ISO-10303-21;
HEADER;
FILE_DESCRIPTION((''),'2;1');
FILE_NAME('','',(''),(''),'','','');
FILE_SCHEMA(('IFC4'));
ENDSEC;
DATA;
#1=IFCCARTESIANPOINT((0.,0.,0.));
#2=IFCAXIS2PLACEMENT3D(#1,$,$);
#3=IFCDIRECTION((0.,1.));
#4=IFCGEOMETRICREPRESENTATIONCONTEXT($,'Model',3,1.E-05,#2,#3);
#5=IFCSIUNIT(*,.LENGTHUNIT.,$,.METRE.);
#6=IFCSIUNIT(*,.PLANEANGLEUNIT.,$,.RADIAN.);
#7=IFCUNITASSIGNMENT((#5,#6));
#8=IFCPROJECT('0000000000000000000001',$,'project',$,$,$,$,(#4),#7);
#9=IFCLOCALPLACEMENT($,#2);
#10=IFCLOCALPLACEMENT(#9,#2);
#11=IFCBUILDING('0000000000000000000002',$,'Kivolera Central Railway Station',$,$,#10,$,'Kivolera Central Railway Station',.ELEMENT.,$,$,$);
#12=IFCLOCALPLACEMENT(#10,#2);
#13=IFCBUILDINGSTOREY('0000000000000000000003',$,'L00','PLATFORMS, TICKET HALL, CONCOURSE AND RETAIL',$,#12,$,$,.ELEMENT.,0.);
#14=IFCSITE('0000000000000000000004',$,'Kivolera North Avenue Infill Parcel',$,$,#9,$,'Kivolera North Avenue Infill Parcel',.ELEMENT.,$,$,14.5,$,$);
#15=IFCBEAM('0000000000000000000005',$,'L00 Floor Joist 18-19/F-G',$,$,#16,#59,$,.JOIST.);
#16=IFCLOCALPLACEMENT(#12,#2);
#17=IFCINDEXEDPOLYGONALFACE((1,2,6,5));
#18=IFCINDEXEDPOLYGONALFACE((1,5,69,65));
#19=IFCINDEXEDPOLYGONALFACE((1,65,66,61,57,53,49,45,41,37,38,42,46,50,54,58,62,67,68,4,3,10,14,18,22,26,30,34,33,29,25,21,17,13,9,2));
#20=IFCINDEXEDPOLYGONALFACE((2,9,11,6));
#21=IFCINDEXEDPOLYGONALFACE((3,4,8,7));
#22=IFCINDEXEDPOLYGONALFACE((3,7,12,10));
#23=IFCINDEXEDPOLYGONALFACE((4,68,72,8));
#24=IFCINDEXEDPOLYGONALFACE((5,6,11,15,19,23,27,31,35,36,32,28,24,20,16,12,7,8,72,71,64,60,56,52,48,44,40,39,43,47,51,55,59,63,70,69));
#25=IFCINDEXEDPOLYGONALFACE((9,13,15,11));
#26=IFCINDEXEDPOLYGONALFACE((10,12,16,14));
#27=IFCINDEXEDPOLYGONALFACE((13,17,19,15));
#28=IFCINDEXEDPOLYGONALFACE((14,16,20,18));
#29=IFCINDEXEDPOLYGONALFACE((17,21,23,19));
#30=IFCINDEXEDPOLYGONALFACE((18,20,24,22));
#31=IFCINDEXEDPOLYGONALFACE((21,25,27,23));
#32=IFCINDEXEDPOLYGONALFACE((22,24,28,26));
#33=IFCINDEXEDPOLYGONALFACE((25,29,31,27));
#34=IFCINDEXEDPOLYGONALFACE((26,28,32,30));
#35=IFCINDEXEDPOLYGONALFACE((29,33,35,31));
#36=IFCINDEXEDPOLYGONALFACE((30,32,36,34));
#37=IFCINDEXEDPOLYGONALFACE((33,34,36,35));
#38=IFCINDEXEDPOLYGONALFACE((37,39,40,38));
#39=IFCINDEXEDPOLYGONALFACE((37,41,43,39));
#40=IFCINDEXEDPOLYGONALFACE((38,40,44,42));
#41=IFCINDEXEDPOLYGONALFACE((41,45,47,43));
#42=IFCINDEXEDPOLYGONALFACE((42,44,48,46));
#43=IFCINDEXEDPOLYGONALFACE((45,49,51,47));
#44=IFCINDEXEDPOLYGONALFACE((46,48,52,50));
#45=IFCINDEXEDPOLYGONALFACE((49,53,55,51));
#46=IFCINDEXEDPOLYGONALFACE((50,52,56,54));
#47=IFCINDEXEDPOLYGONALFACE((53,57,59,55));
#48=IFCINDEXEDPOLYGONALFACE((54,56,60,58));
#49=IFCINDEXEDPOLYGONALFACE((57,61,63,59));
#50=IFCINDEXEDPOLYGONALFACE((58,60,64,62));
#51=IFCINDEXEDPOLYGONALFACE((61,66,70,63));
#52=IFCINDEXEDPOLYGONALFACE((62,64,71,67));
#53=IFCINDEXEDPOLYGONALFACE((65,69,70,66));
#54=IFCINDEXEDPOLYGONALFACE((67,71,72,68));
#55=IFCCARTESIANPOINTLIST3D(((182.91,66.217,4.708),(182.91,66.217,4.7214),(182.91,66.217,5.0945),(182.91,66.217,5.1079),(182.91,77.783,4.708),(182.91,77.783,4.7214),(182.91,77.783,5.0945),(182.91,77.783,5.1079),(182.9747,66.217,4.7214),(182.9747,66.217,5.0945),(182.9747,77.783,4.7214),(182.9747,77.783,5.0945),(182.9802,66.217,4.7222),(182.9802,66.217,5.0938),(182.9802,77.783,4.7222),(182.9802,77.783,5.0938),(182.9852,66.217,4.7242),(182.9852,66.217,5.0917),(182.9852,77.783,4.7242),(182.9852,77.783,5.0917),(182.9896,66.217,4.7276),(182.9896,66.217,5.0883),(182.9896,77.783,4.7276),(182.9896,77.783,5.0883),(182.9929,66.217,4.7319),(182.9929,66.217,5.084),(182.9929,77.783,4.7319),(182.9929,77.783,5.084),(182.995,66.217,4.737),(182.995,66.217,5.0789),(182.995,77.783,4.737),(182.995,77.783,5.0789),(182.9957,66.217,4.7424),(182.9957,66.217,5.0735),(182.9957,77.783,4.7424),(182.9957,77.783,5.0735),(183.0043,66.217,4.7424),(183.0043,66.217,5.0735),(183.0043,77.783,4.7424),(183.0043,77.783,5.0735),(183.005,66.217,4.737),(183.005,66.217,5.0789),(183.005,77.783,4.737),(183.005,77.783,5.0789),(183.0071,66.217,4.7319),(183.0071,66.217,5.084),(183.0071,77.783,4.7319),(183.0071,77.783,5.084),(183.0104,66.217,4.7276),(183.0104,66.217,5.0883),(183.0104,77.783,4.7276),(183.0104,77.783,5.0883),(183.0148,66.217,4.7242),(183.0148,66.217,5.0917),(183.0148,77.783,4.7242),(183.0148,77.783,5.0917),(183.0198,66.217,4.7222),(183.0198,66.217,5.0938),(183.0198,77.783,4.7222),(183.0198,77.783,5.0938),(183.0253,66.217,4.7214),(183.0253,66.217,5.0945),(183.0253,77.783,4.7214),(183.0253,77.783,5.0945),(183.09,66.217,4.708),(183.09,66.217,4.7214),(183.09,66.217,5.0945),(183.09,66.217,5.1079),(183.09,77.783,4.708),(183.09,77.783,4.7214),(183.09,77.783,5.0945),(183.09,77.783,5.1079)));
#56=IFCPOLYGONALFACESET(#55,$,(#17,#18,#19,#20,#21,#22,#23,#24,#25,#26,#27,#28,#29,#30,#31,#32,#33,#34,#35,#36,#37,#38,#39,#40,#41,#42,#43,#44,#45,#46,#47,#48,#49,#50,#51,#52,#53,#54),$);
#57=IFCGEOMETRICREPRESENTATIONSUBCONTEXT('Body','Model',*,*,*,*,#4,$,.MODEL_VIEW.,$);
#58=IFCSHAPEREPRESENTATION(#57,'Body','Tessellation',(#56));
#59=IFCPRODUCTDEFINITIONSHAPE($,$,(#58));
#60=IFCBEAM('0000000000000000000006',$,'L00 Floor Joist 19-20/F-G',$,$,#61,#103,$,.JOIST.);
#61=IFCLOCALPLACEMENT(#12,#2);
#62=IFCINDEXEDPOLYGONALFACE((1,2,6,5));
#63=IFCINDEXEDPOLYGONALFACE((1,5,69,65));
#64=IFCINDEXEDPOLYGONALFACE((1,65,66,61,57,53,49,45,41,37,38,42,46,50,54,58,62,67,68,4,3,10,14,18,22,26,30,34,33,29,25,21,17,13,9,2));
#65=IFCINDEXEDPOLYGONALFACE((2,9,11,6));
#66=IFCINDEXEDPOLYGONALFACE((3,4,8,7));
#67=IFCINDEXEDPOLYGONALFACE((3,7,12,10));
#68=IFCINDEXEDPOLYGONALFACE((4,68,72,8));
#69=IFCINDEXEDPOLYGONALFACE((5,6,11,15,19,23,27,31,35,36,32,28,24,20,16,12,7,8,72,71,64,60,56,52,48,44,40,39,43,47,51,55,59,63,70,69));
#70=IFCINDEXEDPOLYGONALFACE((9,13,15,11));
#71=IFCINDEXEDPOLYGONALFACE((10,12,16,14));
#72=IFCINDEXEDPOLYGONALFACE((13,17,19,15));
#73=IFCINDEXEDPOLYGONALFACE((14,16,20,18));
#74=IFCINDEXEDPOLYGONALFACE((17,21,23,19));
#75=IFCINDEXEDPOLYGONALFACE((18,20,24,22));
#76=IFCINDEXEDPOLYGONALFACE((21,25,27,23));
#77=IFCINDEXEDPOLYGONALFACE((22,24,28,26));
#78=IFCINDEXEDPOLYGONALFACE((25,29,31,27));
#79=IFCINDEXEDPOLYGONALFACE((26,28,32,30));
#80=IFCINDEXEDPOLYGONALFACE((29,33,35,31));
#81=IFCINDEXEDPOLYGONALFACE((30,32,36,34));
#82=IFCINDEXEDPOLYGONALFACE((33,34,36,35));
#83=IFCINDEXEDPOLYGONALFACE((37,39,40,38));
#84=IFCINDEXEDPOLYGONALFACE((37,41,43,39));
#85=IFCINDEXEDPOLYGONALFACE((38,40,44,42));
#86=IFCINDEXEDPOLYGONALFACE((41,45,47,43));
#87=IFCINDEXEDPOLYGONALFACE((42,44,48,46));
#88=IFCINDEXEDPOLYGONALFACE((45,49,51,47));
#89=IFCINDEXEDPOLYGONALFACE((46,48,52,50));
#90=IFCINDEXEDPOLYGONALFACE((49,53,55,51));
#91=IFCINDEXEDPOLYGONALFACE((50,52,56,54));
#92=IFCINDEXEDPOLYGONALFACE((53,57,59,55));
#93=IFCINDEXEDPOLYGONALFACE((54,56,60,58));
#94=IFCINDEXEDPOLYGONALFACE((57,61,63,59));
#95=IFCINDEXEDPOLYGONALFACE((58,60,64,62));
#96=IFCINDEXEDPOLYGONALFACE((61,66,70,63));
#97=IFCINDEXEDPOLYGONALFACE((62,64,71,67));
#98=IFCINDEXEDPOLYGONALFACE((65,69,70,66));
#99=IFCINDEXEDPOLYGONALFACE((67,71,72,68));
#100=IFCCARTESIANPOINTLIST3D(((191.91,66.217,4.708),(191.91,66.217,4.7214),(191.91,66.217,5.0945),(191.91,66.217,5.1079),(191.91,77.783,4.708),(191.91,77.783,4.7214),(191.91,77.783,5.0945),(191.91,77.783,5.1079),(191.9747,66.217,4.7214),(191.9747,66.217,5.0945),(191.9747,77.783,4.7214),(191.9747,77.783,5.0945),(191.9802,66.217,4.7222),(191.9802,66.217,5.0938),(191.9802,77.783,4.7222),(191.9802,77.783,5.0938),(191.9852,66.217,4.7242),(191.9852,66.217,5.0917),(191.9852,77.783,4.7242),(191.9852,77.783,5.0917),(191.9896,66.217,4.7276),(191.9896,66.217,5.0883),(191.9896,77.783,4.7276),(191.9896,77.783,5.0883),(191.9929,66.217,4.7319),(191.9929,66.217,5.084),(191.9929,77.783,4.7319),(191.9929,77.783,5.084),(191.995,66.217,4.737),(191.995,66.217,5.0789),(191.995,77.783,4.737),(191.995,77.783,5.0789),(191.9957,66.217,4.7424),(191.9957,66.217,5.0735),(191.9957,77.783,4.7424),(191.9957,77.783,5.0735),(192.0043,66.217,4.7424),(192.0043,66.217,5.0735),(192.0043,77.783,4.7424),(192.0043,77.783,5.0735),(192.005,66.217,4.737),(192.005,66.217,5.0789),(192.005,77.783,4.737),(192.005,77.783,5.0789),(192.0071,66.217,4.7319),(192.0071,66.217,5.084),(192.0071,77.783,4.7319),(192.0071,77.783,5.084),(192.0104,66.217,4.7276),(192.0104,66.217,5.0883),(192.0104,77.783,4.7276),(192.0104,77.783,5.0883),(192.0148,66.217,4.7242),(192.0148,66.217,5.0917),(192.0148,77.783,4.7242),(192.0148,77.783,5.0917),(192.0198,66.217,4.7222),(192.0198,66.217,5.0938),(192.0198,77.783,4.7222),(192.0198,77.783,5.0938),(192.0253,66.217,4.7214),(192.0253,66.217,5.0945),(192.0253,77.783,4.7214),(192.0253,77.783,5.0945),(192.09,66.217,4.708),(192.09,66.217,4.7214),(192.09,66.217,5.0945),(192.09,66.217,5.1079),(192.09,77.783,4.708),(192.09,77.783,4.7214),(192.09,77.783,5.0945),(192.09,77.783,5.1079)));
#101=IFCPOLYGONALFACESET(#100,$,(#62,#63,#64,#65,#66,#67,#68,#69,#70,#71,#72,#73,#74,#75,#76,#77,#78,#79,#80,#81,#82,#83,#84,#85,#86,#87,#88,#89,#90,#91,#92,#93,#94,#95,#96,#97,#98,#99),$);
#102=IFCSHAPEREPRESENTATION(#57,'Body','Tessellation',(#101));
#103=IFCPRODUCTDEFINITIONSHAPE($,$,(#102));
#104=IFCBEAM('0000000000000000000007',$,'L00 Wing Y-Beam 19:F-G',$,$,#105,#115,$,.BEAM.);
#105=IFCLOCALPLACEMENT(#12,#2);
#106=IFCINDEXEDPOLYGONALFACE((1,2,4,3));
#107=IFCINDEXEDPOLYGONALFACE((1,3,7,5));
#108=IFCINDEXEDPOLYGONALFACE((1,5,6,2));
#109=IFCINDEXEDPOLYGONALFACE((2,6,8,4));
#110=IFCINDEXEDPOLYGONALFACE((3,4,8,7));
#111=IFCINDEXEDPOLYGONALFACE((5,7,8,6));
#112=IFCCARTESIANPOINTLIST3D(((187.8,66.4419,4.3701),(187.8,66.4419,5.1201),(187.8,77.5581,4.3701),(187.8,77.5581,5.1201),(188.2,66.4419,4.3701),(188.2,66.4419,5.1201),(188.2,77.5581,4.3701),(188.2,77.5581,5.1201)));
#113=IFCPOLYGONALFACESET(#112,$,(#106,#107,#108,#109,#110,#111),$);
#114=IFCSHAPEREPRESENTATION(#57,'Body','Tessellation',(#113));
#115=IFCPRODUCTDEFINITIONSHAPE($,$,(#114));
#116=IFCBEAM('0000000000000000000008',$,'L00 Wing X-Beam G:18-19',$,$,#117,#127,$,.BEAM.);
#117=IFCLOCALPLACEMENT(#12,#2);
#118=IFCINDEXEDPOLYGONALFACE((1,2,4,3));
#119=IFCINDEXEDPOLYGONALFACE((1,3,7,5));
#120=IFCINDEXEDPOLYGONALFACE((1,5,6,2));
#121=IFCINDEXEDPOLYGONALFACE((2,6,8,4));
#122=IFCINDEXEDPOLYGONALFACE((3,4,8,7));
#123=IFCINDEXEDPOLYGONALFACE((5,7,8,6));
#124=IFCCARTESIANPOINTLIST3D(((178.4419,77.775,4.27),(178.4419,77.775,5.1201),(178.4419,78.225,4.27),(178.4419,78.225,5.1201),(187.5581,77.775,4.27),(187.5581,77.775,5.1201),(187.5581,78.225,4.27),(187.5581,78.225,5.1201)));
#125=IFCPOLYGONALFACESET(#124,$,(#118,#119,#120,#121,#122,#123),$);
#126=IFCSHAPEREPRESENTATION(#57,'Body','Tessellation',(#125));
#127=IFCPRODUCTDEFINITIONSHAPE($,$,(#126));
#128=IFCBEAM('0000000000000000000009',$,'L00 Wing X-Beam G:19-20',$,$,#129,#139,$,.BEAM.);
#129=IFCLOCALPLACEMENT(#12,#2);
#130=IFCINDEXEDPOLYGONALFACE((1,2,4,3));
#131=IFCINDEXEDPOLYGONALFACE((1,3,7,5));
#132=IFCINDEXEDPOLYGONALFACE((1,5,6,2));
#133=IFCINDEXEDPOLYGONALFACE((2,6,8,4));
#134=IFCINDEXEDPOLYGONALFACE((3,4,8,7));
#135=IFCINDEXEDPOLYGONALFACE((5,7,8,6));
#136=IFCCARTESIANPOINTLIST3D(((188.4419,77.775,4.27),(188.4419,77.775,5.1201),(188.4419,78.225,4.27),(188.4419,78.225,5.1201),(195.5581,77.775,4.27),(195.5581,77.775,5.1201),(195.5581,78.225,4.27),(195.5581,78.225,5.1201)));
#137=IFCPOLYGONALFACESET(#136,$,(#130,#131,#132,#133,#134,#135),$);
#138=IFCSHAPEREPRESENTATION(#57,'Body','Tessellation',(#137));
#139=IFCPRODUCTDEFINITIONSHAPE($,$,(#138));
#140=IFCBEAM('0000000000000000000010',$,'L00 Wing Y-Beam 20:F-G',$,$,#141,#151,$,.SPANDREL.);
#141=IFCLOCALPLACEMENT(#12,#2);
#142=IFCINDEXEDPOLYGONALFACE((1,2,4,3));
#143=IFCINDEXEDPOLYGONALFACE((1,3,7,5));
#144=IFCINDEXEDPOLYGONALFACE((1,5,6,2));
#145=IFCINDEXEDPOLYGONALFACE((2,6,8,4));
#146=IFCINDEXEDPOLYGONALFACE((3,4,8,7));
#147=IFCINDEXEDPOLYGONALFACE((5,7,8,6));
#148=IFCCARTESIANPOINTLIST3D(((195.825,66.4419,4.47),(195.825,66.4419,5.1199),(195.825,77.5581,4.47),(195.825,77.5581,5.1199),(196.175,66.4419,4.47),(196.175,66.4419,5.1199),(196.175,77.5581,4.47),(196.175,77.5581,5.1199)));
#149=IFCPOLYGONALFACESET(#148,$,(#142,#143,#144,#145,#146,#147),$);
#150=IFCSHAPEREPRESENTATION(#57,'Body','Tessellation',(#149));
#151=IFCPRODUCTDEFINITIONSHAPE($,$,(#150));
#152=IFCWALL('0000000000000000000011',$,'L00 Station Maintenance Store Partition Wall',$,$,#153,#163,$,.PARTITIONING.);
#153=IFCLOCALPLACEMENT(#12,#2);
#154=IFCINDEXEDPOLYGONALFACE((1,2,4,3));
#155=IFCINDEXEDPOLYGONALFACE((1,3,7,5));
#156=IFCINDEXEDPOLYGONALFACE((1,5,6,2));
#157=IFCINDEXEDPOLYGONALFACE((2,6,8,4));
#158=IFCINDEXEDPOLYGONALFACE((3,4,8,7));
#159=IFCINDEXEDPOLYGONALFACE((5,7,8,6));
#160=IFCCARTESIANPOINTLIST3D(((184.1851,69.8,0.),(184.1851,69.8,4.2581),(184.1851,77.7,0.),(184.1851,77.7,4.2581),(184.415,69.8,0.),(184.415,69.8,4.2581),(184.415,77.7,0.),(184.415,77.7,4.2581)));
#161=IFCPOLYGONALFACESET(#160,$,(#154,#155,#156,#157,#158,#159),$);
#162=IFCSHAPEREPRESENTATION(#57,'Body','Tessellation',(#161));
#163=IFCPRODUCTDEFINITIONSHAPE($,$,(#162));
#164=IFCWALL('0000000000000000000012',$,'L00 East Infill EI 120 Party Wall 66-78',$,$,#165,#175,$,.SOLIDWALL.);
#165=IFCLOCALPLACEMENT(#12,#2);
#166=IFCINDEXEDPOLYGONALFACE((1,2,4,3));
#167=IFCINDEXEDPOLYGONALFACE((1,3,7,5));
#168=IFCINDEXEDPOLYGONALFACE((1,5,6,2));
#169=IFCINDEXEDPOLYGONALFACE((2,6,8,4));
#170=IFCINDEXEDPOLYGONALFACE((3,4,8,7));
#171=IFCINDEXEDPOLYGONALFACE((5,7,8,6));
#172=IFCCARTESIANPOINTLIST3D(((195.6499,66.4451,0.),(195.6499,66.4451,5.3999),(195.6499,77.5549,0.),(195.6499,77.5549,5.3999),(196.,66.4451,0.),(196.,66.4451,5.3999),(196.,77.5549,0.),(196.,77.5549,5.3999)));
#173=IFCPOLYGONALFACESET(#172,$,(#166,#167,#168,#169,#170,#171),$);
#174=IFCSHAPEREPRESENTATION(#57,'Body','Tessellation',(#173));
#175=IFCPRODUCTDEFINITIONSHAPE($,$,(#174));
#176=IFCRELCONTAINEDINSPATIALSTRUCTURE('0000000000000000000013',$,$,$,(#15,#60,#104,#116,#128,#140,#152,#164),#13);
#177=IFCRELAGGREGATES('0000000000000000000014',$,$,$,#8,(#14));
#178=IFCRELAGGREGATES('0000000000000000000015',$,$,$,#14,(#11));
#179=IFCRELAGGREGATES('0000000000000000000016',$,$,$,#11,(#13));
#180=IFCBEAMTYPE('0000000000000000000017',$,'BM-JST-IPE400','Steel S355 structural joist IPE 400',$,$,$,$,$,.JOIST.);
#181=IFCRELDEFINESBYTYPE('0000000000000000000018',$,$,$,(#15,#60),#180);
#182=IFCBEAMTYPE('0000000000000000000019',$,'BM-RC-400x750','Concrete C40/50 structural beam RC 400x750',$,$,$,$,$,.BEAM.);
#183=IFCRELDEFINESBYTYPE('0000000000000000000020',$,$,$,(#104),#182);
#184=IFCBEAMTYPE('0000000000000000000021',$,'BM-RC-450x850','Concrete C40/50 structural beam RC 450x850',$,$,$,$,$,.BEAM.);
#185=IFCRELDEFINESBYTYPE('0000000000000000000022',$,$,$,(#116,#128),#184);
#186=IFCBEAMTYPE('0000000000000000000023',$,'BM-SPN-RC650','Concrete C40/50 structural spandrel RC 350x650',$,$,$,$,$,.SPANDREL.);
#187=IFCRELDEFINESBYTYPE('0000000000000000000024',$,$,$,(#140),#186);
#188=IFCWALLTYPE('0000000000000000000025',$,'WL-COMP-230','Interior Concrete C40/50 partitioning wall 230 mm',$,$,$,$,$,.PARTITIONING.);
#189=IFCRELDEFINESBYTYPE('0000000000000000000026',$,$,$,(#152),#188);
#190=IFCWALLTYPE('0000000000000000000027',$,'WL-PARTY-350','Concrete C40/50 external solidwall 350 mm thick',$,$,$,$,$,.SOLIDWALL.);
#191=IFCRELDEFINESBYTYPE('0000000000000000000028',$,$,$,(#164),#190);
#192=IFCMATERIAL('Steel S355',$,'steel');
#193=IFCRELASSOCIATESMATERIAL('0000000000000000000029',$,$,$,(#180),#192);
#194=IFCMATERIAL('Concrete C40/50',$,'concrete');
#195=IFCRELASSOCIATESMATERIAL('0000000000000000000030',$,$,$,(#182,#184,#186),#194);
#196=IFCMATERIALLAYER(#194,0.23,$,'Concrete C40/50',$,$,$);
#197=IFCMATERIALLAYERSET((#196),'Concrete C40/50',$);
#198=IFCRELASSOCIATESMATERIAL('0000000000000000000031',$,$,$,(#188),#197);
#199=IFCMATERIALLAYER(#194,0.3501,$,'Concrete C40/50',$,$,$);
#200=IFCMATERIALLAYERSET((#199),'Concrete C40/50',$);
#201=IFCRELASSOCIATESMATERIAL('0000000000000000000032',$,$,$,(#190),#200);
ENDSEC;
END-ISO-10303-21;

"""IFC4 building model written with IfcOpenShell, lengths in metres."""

from ifc_helpers import new_model, si_unit, direction, frame, frame_2d, origin, origin_2d, place, context, subcontext, project, spatial, rectangle, i_section, extrude, material, layer, layer_set, material_profile, profile_set, type_object, element, save


model = new_model("IFC4")

# Units and contexts
model_context = context("Model", 3, precision=1e-05, world=origin(), true_north=direction((0.0, 1.0)))
body_context = subcontext(model_context, "Body", "Model", "MODEL_VIEW")
ifc_project = project(units=[si_unit("LENGTHUNIT", "METRE"), si_unit("PLANEANGLEUNIT", "RADIAN")], contexts=[model_context])

# Site, building, storey
site_placement = place(None, origin())
site = spatial("IfcSite", under=ifc_project, at=site_placement, Name="Kivolera North Avenue Infill Parcel", LongName="Kivolera North Avenue Infill Parcel", CompositionType="ELEMENT", RefElevation=14.5)
building_placement = place(site_placement, origin())
building = spatial("IfcBuilding", under=site, at=building_placement, Name="Kivolera Central Railway Station", LongName="Kivolera Central Railway Station", CompositionType="ELEMENT")
storey_placement = place(building_placement, origin())
storey = spatial("IfcBuildingStorey", under=building, at=storey_placement, Name="L00", Description="PLATFORMS, TICKET HALL, CONCOURSE AND RETAIL", CompositionType="ELEMENT", Elevation=0.0)

# Shared definitions
ifc_material_1 = material(Name="Concrete C40/50", Category="concrete")

# Beams
ifc_material_2 = material(Name="Steel S355", Category="steel")
ifc_material_profile_1 = material_profile(ifc_material_2, i_section(OverallWidth=0.1799, OverallDepth=0.3999, WebThickness=0.0085, FlangeThickness=0.0134, FilletRadius=0.021, at=origin_2d()), Name="IPE 400")
ifc_profile_set_1 = profile_set([ifc_material_profile_1], Name="Steel S355")
beam_type_1 = type_object("IfcBeamType", Name="BM-JST-IPE400", Description="Steel S355 structural joist IPE 400", PredefinedType="JOIST", material=ifc_profile_set_1)
for number, where, z_axis, x_axis, name in (
    (1, (183.0, 66.217, 4.908), (0.0, 1.0, 0.0), (-1.0, 0.0, 0.0), "L00 Floor Joist 18-19/F-G"),
    (2, (192.0, 66.217, 4.908), (0.0, 1.0, 0.0), (-1.0, 0.0, 0.0), "L00 Floor Joist 19-20/F-G"),
):
    element("IfcBeam", number, at=place(storey_placement, frame(where, z_axis=z_axis, x_axis=x_axis)), inside=storey, type_object=beam_type_1, Name=name, PredefinedType="JOIST", context=body_context, shape_type="SweptSolid", body=[
        extrude(i_section(OverallWidth=0.1799, OverallDepth=0.3999, WebThickness=0.0085, FlangeThickness=0.0134, FilletRadius=0.021, at=origin_2d()), origin(), (0.0, 0.0, 1.0), 11.5659),
    ])
ifc_material_profile_2 = material_profile(ifc_material_1, rectangle(XDim=0.3999, YDim=0.75, at=origin_2d()), Name="RC 400x750")
ifc_profile_set_2 = profile_set([ifc_material_profile_2], Name="Concrete C40/50")
beam_type_2 = type_object("IfcBeamType", Name="BM-RC-400x750", Description="Concrete C40/50 structural beam RC 400x750", PredefinedType="BEAM", material=ifc_profile_set_2)
beam_1_placement = place(storey_placement, frame((188.0, 66.4419, 4.7451), z_axis=(0.0, 1.0, 0.0), x_axis=(-1.0, 0.0, 0.0)))
element("IfcBeam", 3, at=beam_1_placement, inside=storey, type_object=beam_type_2, Name="L00 Wing Y-Beam 19:F-G", PredefinedType="BEAM", context=body_context, shape_type="SweptSolid", body=[
    extrude(rectangle(XDim=0.3999, YDim=0.75, at=origin_2d()), origin(), (0.0, 0.0, 1.0), 11.1162),
])
ifc_material_profile_3 = material_profile(ifc_material_1, rectangle(XDim=0.45, YDim=0.8501, at=origin_2d()), Name="RC 450x850")
ifc_profile_set_3 = profile_set([ifc_material_profile_3], Name="Concrete C40/50")
beam_type_3 = type_object("IfcBeamType", Name="BM-RC-450x850", Description="Concrete C40/50 structural beam RC 450x850", PredefinedType="BEAM", material=ifc_profile_set_3)
beam_2_placement = place(storey_placement, frame((178.4419, 78.0, 4.6951), z_axis=(1.0, 0.0, 0.0), x_axis=(0.0, 1.0, 0.0)))
element("IfcBeam", 4, at=beam_2_placement, inside=storey, type_object=beam_type_3, Name="L00 Wing X-Beam G:18-19", PredefinedType="BEAM", context=body_context, shape_type="SweptSolid", body=[
    extrude(rectangle(XDim=0.45, YDim=0.8501, at=origin_2d()), origin(), (0.0, 0.0, 1.0), 9.1162),
])
beam_3_placement = place(storey_placement, frame((188.4419, 78.0, 4.6951), z_axis=(1.0, 0.0, 0.0), x_axis=(0.0, 1.0, 0.0)))
element("IfcBeam", 5, at=beam_3_placement, inside=storey, type_object=beam_type_3, Name="L00 Wing X-Beam G:19-20", PredefinedType="BEAM", context=body_context, shape_type="SweptSolid", body=[
    extrude(rectangle(XDim=0.45, YDim=0.8501, at=origin_2d()), origin(), (0.0, 0.0, 1.0), 7.1162),
])
ifc_material_profile_4 = material_profile(ifc_material_1, rectangle(XDim=0.3501, YDim=0.6499, at=origin_2d()), Name="RC 350x650")
ifc_profile_set_4 = profile_set([ifc_material_profile_4], Name="Concrete C40/50")
beam_type_4 = type_object("IfcBeamType", Name="BM-SPN-RC650", Description="Concrete C40/50 structural spandrel RC 350x650", PredefinedType="SPANDREL", material=ifc_profile_set_4)
beam_4_placement = place(storey_placement, frame((196.0, 66.4419, 4.7949), z_axis=(0.0, 1.0, 0.0), x_axis=(-1.0, 0.0, 0.0)))
element("IfcBeam", 6, at=beam_4_placement, inside=storey, type_object=beam_type_4, Name="L00 Wing Y-Beam 20:F-G", PredefinedType="SPANDREL", context=body_context, shape_type="SweptSolid", body=[
    extrude(rectangle(XDim=0.3501, YDim=0.6499, at=origin_2d()), origin(), (0.0, 0.0, 1.0), 11.1162),
])

# Walls
ifc_layer_1 = layer(ifc_material_1, 0.23, Name="Concrete C40/50")
ifc_layer_set_1 = layer_set([ifc_layer_1], Name="Concrete C40/50")
wall_type_1 = type_object("IfcWallType", Name="WL-COMP-230", Description="Interior Concrete C40/50 partitioning wall 230 mm", PredefinedType="PARTITIONING", material=ifc_layer_set_1)
wall_1_placement = place(storey_placement, frame((184.3, 69.8, 0.0), z_axis=(0.0, 0.0, 1.0), x_axis=(0.0, 1.0, 0.0)))
element("IfcWall", 7, at=wall_1_placement, inside=storey, type_object=wall_type_1, Name="L00 Station Maintenance Store Partition Wall", PredefinedType="PARTITIONING", context=body_context, shape_type="SweptSolid", body=[
    extrude(rectangle(XDim=7.8999, YDim=0.23, at=frame_2d((3.95, 0.0))), origin(), (0.0, 0.0, 1.0), 4.2581),
])
ifc_layer_2 = layer(ifc_material_1, 0.3501, Name="Concrete C40/50")
ifc_layer_set_2 = layer_set([ifc_layer_2], Name="Concrete C40/50")
wall_type_2 = type_object("IfcWallType", Name="WL-PARTY-350", Description="Concrete C40/50 external solidwall 350 mm thick", PredefinedType="SOLIDWALL", material=ifc_layer_set_2)
wall_2_placement = place(storey_placement, frame((195.825, 77.5549, 0.0), z_axis=(0.0, 0.0, 1.0), x_axis=(0.0, -1.0, 0.0)))
element("IfcWall", 8, at=wall_2_placement, inside=storey, type_object=wall_type_2, Name="L00 East Infill EI 120 Party Wall 66-78", PredefinedType="SOLIDWALL", context=body_context, shape_type="SweptSolid", body=[
    extrude(rectangle(XDim=11.1099, YDim=0.3501, at=frame_2d((5.5549, 0.0))), origin(), (0.0, 0.0, 1.0), 5.3999),
])

save(model, "model.ifc")
